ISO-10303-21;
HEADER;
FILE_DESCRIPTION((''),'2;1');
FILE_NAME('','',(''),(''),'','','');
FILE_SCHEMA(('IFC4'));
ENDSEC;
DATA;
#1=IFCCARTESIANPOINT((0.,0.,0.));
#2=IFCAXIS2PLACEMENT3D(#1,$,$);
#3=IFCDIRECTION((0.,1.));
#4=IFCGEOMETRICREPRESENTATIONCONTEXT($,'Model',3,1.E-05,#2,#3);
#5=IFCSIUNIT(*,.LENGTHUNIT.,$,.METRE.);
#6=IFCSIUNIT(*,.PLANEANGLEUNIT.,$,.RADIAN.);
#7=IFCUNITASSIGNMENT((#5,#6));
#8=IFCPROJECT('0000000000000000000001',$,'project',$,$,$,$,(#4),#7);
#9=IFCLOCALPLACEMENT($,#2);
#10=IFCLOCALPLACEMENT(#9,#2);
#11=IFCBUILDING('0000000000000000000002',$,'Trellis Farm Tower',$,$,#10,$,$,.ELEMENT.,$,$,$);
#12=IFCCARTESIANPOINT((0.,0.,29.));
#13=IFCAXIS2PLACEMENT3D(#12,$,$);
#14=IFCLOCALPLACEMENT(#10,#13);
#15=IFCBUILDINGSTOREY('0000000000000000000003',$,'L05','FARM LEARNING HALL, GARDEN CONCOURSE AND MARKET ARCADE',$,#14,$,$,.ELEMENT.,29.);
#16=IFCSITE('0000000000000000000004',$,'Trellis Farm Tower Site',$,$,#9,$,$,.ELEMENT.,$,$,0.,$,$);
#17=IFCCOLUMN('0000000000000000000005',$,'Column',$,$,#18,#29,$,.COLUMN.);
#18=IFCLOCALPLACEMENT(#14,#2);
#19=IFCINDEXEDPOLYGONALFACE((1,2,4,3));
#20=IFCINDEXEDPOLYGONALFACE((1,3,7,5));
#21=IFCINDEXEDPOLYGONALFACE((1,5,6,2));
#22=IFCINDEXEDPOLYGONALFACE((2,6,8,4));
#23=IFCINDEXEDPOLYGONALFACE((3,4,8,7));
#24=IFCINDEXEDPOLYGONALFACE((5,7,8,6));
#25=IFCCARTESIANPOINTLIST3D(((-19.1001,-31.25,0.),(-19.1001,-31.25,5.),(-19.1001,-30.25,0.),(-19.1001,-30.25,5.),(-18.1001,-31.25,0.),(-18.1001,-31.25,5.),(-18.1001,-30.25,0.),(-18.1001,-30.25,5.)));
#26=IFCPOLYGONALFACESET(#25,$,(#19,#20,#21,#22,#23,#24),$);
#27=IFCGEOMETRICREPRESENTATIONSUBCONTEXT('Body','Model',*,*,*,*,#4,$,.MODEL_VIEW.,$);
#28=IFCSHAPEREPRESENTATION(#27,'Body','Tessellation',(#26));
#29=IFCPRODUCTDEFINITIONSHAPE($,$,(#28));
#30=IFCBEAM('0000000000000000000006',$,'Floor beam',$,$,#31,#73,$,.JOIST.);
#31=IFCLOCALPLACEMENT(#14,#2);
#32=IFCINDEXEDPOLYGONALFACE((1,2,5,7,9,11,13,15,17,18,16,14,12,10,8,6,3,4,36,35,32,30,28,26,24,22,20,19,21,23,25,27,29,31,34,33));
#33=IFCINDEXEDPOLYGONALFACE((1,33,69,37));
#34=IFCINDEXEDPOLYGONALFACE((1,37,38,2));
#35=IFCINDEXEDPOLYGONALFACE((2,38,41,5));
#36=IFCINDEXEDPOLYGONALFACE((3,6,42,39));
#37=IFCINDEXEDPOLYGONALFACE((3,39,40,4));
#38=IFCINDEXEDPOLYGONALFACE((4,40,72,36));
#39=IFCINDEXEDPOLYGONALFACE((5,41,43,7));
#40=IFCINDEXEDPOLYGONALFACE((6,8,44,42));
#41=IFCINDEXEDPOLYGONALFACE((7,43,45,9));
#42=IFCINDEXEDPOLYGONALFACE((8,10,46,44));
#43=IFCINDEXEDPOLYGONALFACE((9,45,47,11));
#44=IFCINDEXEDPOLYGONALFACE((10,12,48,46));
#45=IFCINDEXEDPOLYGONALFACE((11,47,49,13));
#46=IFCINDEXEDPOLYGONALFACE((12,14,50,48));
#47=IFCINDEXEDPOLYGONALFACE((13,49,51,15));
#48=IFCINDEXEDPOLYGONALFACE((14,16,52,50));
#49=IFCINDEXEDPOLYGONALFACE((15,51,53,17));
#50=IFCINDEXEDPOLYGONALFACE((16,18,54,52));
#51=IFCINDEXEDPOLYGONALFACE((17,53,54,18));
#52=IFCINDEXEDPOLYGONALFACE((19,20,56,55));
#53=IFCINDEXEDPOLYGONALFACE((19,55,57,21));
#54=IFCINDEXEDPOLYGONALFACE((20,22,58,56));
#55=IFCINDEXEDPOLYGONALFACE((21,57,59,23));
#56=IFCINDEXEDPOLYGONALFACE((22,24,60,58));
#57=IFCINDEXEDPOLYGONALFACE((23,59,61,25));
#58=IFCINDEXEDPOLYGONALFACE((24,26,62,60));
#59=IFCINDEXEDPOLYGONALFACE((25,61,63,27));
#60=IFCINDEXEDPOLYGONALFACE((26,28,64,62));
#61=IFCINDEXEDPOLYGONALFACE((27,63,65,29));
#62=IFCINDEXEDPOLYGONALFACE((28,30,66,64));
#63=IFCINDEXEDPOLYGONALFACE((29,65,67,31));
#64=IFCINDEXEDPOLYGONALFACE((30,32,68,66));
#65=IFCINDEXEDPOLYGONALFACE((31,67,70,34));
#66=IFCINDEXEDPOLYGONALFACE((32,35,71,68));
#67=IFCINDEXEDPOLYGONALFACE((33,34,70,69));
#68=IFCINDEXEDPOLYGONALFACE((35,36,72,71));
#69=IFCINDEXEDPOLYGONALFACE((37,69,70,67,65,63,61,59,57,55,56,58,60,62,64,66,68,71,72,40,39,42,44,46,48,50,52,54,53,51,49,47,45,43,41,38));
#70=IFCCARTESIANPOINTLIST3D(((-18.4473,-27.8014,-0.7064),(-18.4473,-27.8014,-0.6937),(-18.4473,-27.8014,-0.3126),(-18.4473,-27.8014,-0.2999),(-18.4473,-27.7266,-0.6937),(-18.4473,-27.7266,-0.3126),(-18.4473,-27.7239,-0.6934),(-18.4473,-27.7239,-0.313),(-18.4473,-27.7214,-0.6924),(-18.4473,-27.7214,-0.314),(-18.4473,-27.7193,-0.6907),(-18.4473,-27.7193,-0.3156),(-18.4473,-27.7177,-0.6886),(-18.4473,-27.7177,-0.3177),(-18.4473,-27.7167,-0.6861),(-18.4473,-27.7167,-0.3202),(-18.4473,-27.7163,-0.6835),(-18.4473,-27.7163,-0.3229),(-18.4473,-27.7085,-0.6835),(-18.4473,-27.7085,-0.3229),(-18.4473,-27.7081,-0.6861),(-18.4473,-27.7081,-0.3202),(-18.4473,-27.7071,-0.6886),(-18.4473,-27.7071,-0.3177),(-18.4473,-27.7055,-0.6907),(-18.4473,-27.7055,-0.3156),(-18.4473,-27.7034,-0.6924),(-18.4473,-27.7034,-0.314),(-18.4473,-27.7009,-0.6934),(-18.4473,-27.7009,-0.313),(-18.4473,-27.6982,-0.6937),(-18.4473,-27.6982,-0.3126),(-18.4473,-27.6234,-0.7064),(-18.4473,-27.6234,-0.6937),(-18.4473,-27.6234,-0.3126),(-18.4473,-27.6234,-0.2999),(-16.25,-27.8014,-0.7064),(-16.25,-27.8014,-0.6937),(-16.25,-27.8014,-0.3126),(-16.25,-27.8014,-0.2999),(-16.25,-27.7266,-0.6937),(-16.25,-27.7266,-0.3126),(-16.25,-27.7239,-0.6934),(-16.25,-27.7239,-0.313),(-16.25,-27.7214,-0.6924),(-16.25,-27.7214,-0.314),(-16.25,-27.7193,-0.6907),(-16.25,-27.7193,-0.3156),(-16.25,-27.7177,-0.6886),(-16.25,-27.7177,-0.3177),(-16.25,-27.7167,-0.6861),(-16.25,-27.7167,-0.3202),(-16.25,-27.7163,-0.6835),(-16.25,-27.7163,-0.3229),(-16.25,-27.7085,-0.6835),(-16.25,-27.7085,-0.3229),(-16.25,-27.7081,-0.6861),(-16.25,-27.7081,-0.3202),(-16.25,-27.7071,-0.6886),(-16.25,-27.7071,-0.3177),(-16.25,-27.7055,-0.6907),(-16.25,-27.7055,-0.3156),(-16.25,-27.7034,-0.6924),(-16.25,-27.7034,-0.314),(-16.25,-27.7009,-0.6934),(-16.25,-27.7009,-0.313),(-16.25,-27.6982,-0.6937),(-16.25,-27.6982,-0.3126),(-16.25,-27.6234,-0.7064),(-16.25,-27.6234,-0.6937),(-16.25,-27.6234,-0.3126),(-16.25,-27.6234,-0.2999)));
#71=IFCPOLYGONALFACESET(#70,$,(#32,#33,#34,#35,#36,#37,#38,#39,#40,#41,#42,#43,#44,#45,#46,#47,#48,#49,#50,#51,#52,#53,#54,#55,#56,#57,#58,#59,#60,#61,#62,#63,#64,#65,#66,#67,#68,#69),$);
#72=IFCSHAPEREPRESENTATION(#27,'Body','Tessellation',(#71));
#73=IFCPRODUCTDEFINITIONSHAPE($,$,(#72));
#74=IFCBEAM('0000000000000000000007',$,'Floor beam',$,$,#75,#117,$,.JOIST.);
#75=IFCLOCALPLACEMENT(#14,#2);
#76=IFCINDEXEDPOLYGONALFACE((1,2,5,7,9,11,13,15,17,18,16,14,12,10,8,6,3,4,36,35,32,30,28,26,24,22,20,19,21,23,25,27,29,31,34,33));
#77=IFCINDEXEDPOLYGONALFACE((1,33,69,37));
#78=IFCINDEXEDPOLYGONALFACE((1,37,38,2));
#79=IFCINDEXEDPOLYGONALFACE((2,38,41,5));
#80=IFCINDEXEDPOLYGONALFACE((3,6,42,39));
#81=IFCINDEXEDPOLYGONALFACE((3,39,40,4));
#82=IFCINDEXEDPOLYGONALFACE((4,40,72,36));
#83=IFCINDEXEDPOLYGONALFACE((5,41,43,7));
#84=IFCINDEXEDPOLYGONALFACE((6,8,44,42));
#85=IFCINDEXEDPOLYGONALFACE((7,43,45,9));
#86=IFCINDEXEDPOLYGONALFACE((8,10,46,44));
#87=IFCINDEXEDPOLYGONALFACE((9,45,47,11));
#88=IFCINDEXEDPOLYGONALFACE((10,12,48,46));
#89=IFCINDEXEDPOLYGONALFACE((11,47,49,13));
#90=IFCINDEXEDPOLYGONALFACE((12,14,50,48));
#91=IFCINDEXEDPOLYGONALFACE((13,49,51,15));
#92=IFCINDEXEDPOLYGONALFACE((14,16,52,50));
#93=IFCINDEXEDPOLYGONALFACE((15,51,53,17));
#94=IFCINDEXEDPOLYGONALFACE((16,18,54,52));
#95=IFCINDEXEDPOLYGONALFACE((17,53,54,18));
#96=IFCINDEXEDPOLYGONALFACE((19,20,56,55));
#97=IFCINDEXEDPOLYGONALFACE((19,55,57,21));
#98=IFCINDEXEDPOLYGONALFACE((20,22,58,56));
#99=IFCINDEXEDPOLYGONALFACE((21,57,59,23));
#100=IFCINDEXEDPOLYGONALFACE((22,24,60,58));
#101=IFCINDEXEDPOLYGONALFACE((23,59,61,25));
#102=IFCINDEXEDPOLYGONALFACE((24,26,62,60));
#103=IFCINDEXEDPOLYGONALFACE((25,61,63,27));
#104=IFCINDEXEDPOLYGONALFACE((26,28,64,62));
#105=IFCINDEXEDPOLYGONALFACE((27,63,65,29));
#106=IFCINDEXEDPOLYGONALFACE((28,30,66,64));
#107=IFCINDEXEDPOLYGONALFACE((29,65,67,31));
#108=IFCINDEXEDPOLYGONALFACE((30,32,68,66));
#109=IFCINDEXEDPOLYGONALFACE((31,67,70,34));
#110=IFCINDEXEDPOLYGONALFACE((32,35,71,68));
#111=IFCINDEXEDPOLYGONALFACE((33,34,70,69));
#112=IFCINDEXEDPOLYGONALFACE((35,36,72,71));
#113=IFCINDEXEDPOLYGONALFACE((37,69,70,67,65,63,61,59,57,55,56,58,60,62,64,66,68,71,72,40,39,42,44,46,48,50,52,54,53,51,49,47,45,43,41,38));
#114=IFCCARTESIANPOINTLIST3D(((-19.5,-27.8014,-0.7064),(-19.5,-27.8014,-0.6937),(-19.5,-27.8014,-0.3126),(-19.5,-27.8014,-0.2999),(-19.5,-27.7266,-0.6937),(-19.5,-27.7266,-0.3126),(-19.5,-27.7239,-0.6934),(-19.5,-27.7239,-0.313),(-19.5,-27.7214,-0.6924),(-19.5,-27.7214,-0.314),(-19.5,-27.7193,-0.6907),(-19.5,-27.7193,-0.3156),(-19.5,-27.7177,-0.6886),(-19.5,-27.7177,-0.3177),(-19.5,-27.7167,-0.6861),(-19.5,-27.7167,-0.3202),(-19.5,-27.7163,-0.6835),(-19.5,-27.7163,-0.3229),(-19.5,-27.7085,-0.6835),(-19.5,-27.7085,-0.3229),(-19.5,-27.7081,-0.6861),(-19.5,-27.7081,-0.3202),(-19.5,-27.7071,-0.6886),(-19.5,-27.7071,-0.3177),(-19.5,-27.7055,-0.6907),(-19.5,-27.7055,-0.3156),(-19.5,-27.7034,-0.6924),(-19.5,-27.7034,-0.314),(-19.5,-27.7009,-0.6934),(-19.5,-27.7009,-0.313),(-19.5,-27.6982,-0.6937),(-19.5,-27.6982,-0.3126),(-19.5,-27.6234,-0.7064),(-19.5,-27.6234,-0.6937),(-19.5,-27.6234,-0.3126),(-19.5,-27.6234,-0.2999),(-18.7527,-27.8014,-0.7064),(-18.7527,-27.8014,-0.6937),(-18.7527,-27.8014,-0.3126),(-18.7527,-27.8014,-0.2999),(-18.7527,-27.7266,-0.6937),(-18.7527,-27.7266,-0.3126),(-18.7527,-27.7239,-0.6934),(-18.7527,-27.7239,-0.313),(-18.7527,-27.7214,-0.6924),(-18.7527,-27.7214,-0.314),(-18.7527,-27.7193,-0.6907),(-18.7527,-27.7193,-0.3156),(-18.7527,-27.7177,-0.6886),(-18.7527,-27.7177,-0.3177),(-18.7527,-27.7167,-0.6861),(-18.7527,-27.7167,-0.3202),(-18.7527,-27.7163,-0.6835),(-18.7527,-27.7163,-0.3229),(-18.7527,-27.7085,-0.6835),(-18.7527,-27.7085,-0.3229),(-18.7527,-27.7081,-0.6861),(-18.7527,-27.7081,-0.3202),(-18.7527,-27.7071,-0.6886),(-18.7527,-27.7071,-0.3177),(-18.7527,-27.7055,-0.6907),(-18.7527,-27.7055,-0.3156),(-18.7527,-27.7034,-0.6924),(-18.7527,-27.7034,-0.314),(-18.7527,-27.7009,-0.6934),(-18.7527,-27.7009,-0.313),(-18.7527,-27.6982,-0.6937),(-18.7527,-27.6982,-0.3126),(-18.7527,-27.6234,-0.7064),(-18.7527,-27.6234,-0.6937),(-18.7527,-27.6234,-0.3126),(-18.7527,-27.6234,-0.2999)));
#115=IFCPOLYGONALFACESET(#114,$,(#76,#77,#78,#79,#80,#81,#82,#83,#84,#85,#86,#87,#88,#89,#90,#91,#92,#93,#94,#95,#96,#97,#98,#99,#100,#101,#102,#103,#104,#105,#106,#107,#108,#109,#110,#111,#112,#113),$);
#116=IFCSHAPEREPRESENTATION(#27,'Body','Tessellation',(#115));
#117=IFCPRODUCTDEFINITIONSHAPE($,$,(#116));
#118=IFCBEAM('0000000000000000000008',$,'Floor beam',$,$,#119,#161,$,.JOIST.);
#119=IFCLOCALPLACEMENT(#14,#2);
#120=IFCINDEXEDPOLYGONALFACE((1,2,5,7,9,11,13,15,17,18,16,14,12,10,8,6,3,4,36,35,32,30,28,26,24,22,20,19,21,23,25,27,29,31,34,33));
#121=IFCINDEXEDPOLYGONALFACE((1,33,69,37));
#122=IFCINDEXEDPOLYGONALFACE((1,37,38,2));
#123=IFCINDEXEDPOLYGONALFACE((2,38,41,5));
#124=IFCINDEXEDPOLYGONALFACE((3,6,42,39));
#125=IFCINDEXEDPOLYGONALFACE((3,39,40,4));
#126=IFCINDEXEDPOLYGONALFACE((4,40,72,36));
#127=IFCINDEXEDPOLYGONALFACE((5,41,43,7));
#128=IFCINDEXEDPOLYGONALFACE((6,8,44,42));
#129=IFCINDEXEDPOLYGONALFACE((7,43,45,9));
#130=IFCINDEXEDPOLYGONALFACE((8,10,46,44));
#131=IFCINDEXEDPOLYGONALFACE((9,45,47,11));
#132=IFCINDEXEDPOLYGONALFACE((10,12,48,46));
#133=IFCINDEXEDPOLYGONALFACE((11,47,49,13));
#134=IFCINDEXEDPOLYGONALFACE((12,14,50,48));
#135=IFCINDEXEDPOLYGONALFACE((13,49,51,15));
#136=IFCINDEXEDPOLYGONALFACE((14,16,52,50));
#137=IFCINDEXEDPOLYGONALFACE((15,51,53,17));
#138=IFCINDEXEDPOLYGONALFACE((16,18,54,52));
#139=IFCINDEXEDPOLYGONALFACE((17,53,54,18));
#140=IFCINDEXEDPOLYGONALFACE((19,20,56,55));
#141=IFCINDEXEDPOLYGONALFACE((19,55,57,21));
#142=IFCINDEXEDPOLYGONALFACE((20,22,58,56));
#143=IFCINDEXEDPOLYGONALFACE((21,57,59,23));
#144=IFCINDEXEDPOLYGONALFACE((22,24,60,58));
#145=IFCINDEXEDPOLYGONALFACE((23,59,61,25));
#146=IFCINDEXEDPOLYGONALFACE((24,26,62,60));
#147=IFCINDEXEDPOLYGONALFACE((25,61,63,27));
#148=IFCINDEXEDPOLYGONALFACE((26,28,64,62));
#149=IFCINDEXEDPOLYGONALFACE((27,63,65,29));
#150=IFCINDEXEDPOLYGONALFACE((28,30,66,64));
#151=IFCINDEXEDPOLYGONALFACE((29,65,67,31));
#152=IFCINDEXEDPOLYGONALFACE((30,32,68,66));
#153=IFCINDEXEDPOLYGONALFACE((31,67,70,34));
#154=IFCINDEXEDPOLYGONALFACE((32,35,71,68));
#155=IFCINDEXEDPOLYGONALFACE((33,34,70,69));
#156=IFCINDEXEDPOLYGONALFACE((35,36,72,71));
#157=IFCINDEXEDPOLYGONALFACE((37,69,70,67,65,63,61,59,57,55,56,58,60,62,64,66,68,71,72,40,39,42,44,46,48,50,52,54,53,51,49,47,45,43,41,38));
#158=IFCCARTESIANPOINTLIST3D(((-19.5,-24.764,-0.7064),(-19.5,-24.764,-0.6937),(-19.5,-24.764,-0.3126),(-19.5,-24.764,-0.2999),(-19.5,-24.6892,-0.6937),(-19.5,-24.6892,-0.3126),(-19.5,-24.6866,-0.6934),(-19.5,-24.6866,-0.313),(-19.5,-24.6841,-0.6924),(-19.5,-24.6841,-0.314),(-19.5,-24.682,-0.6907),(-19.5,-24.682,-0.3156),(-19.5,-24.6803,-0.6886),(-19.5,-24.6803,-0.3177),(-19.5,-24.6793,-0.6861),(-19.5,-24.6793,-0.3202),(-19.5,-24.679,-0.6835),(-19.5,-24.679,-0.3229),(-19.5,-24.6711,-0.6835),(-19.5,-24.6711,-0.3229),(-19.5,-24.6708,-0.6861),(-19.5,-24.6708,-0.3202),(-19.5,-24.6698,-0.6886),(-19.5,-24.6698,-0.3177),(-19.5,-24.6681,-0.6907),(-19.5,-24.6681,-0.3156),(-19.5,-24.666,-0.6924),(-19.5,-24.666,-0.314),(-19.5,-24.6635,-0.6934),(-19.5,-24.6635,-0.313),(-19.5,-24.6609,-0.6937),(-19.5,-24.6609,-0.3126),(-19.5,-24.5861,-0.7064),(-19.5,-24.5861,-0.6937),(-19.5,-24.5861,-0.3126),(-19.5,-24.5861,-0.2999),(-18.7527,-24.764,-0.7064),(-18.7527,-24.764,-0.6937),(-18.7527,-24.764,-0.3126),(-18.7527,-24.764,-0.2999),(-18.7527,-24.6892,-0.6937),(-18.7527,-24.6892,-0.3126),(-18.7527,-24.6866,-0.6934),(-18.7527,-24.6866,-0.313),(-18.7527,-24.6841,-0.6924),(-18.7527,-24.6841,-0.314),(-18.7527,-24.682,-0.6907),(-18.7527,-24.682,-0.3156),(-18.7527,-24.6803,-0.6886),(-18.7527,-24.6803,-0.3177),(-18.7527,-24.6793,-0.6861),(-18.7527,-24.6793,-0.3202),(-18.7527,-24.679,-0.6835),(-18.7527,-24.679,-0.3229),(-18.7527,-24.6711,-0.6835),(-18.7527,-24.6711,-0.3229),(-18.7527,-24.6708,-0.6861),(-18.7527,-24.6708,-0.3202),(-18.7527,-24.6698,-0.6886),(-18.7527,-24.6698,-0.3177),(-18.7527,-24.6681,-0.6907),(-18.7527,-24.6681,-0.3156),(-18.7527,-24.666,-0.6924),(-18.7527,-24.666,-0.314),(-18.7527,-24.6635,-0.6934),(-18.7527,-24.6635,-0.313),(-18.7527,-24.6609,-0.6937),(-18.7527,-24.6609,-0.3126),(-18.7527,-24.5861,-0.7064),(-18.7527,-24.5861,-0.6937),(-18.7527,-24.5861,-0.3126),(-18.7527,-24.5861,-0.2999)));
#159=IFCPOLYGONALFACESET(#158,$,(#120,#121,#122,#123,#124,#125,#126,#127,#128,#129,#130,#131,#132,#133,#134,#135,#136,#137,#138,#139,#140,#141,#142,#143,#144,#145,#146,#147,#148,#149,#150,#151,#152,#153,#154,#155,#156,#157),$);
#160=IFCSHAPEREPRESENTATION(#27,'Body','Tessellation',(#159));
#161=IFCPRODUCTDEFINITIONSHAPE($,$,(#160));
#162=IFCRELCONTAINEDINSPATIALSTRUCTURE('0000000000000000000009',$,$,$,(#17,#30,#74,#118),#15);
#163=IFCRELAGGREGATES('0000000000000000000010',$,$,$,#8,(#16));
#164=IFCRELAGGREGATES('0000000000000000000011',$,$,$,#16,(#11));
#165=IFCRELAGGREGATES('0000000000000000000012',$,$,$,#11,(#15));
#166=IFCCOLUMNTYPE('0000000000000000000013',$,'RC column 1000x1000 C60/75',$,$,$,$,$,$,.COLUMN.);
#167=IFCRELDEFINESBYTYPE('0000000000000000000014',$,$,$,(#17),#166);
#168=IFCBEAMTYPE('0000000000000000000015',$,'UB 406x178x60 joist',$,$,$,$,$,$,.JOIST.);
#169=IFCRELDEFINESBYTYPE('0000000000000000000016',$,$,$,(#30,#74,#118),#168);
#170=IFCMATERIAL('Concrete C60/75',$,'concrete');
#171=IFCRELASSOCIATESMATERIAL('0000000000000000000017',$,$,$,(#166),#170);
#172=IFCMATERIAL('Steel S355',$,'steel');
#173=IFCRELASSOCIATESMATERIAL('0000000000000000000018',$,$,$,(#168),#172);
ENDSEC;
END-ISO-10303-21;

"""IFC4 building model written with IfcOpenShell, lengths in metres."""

from ifc_helpers import new_model, si_unit, direction, frame, origin, origin_2d, place, context, subcontext, project, spatial, rectangle, i_section, extrude, source, transform, mapped, material, material_profile, profile_set, type_object, element, save


model = new_model("IFC4")

# Units and contexts
model_context = context("Model", 3, precision=1e-05, world=origin(), true_north=direction((0.0, 1.0)))
body_context = subcontext(model_context, "Body", "Model", "MODEL_VIEW")
ifc_project = project(units=[si_unit("LENGTHUNIT", "METRE"), si_unit("PLANEANGLEUNIT", "RADIAN")], contexts=[model_context])

# Site, building, storey
site_placement = place(None, origin())
site = spatial("IfcSite", under=ifc_project, at=site_placement, Name="Trellis Farm Tower Site", CompositionType="ELEMENT", RefElevation=0.0)
building_placement = place(site_placement, origin())
building = spatial("IfcBuilding", under=site, at=building_placement, Name="Trellis Farm Tower", CompositionType="ELEMENT")
storey_placement = place(building_placement, frame((0.0, 0.0, 29.0)))
storey = spatial("IfcBuildingStorey", under=building, at=storey_placement, Name="L05", Description="FARM LEARNING HALL, GARDEN CONCOURSE AND MARKET ARCADE", CompositionType="ELEMENT", Elevation=29.0)

# Column
ifc_material_1 = material(Name="Concrete C60/75", Category="concrete")
ifc_material_profile_1 = material_profile(ifc_material_1, rectangle(XDim=1.0, YDim=1.0, at=origin_2d()), Name="RC column 1000x1000 C60/75")
ifc_profile_set_1 = profile_set([ifc_material_profile_1], Name="Concrete C60/75")
column_type = type_object("IfcColumnType", Name="RC column 1000x1000 C60/75", PredefinedType="COLUMN", material=ifc_profile_set_1)
shared_shape_1 = source(origin(), body_context, "Body", "SweptSolid", [
    extrude(rectangle(XDim=1.0, YDim=1.0, at=origin_2d()), origin(), (0.0, 0.0, 1.0), 5.0),
])
column_placement = place(storey_placement, frame((-18.6001, -30.75, 0.0), z_axis=(0.0, 0.0, 1.0), x_axis=(1.0, 0.0, 0.0)))
element("IfcColumn", 1, at=column_placement, inside=storey, type_object=column_type, Name="Column", PredefinedType="COLUMN", context=body_context, shape_type="MappedRepresentation", body=[
    mapped(shared_shape_1, transform((0.0, 0.0, 0.0))),
])

# Beams
ifc_material_2 = material(Name="Steel S355", Category="steel")
ifc_material_profile_2 = material_profile(ifc_material_2, i_section(OverallWidth=0.178, OverallDepth=0.4065, WebThickness=0.0078, FlangeThickness=0.0127, FilletRadius=0.0103, at=origin_2d()), Name="UB 406x178x60")
ifc_profile_set_2 = profile_set([ifc_material_profile_2], Name="Steel S355")
beam_type_1 = type_object("IfcBeamType", Name="UB 406x178x60 joist", PredefinedType="JOIST", material=ifc_profile_set_2)
shared_shape_2 = source(origin(), body_context, "Body", "SweptSolid", [
    extrude(i_section(OverallWidth=0.178, OverallDepth=0.4065, WebThickness=0.0078, FlangeThickness=0.0127, FilletRadius=0.0103, at=origin_2d()), origin(), (0.0, 0.0, 1.0), 2.1973),
])
beam_1_placement = place(storey_placement, frame((-18.4473, -27.7124, -0.5032), z_axis=(1.0, 0.0, 0.0), x_axis=(0.0, 1.0, 0.0)))
element("IfcBeam", 2, at=beam_1_placement, inside=storey, type_object=beam_type_1, Name="Floor beam", PredefinedType="JOIST", context=body_context, shape_type="MappedRepresentation", body=[
    mapped(shared_shape_2, transform((0.0, 0.0, 0.0))),
])
shared_shape_3 = source(origin(), body_context, "Body", "SweptSolid", [
    extrude(i_section(OverallWidth=0.178, OverallDepth=0.4065, WebThickness=0.0078, FlangeThickness=0.0127, FilletRadius=0.0103, at=origin_2d()), origin(), (0.0, 0.0, 1.0), 0.7473),
])
for number, where, z_axis, x_axis, name in (
    (3, (-19.5, -27.7124, -0.5032), (1.0, 0.0, 0.0), (0.0, 1.0, 0.0), "Floor beam"),
    (4, (-19.5, -24.675, -0.5032), (1.0, 0.0, 0.0), (0.0, 1.0, 0.0), "Floor beam"),
):
    element("IfcBeam", number, at=place(storey_placement, frame(where, z_axis=z_axis, x_axis=x_axis)), inside=storey, type_object=beam_type_1, Name=name, PredefinedType="JOIST", context=body_context, shape_type="MappedRepresentation", body=[
        mapped(shared_shape_3, transform((0.0, 0.0, 0.0))),
    ])

save(model, "model.ifc")
